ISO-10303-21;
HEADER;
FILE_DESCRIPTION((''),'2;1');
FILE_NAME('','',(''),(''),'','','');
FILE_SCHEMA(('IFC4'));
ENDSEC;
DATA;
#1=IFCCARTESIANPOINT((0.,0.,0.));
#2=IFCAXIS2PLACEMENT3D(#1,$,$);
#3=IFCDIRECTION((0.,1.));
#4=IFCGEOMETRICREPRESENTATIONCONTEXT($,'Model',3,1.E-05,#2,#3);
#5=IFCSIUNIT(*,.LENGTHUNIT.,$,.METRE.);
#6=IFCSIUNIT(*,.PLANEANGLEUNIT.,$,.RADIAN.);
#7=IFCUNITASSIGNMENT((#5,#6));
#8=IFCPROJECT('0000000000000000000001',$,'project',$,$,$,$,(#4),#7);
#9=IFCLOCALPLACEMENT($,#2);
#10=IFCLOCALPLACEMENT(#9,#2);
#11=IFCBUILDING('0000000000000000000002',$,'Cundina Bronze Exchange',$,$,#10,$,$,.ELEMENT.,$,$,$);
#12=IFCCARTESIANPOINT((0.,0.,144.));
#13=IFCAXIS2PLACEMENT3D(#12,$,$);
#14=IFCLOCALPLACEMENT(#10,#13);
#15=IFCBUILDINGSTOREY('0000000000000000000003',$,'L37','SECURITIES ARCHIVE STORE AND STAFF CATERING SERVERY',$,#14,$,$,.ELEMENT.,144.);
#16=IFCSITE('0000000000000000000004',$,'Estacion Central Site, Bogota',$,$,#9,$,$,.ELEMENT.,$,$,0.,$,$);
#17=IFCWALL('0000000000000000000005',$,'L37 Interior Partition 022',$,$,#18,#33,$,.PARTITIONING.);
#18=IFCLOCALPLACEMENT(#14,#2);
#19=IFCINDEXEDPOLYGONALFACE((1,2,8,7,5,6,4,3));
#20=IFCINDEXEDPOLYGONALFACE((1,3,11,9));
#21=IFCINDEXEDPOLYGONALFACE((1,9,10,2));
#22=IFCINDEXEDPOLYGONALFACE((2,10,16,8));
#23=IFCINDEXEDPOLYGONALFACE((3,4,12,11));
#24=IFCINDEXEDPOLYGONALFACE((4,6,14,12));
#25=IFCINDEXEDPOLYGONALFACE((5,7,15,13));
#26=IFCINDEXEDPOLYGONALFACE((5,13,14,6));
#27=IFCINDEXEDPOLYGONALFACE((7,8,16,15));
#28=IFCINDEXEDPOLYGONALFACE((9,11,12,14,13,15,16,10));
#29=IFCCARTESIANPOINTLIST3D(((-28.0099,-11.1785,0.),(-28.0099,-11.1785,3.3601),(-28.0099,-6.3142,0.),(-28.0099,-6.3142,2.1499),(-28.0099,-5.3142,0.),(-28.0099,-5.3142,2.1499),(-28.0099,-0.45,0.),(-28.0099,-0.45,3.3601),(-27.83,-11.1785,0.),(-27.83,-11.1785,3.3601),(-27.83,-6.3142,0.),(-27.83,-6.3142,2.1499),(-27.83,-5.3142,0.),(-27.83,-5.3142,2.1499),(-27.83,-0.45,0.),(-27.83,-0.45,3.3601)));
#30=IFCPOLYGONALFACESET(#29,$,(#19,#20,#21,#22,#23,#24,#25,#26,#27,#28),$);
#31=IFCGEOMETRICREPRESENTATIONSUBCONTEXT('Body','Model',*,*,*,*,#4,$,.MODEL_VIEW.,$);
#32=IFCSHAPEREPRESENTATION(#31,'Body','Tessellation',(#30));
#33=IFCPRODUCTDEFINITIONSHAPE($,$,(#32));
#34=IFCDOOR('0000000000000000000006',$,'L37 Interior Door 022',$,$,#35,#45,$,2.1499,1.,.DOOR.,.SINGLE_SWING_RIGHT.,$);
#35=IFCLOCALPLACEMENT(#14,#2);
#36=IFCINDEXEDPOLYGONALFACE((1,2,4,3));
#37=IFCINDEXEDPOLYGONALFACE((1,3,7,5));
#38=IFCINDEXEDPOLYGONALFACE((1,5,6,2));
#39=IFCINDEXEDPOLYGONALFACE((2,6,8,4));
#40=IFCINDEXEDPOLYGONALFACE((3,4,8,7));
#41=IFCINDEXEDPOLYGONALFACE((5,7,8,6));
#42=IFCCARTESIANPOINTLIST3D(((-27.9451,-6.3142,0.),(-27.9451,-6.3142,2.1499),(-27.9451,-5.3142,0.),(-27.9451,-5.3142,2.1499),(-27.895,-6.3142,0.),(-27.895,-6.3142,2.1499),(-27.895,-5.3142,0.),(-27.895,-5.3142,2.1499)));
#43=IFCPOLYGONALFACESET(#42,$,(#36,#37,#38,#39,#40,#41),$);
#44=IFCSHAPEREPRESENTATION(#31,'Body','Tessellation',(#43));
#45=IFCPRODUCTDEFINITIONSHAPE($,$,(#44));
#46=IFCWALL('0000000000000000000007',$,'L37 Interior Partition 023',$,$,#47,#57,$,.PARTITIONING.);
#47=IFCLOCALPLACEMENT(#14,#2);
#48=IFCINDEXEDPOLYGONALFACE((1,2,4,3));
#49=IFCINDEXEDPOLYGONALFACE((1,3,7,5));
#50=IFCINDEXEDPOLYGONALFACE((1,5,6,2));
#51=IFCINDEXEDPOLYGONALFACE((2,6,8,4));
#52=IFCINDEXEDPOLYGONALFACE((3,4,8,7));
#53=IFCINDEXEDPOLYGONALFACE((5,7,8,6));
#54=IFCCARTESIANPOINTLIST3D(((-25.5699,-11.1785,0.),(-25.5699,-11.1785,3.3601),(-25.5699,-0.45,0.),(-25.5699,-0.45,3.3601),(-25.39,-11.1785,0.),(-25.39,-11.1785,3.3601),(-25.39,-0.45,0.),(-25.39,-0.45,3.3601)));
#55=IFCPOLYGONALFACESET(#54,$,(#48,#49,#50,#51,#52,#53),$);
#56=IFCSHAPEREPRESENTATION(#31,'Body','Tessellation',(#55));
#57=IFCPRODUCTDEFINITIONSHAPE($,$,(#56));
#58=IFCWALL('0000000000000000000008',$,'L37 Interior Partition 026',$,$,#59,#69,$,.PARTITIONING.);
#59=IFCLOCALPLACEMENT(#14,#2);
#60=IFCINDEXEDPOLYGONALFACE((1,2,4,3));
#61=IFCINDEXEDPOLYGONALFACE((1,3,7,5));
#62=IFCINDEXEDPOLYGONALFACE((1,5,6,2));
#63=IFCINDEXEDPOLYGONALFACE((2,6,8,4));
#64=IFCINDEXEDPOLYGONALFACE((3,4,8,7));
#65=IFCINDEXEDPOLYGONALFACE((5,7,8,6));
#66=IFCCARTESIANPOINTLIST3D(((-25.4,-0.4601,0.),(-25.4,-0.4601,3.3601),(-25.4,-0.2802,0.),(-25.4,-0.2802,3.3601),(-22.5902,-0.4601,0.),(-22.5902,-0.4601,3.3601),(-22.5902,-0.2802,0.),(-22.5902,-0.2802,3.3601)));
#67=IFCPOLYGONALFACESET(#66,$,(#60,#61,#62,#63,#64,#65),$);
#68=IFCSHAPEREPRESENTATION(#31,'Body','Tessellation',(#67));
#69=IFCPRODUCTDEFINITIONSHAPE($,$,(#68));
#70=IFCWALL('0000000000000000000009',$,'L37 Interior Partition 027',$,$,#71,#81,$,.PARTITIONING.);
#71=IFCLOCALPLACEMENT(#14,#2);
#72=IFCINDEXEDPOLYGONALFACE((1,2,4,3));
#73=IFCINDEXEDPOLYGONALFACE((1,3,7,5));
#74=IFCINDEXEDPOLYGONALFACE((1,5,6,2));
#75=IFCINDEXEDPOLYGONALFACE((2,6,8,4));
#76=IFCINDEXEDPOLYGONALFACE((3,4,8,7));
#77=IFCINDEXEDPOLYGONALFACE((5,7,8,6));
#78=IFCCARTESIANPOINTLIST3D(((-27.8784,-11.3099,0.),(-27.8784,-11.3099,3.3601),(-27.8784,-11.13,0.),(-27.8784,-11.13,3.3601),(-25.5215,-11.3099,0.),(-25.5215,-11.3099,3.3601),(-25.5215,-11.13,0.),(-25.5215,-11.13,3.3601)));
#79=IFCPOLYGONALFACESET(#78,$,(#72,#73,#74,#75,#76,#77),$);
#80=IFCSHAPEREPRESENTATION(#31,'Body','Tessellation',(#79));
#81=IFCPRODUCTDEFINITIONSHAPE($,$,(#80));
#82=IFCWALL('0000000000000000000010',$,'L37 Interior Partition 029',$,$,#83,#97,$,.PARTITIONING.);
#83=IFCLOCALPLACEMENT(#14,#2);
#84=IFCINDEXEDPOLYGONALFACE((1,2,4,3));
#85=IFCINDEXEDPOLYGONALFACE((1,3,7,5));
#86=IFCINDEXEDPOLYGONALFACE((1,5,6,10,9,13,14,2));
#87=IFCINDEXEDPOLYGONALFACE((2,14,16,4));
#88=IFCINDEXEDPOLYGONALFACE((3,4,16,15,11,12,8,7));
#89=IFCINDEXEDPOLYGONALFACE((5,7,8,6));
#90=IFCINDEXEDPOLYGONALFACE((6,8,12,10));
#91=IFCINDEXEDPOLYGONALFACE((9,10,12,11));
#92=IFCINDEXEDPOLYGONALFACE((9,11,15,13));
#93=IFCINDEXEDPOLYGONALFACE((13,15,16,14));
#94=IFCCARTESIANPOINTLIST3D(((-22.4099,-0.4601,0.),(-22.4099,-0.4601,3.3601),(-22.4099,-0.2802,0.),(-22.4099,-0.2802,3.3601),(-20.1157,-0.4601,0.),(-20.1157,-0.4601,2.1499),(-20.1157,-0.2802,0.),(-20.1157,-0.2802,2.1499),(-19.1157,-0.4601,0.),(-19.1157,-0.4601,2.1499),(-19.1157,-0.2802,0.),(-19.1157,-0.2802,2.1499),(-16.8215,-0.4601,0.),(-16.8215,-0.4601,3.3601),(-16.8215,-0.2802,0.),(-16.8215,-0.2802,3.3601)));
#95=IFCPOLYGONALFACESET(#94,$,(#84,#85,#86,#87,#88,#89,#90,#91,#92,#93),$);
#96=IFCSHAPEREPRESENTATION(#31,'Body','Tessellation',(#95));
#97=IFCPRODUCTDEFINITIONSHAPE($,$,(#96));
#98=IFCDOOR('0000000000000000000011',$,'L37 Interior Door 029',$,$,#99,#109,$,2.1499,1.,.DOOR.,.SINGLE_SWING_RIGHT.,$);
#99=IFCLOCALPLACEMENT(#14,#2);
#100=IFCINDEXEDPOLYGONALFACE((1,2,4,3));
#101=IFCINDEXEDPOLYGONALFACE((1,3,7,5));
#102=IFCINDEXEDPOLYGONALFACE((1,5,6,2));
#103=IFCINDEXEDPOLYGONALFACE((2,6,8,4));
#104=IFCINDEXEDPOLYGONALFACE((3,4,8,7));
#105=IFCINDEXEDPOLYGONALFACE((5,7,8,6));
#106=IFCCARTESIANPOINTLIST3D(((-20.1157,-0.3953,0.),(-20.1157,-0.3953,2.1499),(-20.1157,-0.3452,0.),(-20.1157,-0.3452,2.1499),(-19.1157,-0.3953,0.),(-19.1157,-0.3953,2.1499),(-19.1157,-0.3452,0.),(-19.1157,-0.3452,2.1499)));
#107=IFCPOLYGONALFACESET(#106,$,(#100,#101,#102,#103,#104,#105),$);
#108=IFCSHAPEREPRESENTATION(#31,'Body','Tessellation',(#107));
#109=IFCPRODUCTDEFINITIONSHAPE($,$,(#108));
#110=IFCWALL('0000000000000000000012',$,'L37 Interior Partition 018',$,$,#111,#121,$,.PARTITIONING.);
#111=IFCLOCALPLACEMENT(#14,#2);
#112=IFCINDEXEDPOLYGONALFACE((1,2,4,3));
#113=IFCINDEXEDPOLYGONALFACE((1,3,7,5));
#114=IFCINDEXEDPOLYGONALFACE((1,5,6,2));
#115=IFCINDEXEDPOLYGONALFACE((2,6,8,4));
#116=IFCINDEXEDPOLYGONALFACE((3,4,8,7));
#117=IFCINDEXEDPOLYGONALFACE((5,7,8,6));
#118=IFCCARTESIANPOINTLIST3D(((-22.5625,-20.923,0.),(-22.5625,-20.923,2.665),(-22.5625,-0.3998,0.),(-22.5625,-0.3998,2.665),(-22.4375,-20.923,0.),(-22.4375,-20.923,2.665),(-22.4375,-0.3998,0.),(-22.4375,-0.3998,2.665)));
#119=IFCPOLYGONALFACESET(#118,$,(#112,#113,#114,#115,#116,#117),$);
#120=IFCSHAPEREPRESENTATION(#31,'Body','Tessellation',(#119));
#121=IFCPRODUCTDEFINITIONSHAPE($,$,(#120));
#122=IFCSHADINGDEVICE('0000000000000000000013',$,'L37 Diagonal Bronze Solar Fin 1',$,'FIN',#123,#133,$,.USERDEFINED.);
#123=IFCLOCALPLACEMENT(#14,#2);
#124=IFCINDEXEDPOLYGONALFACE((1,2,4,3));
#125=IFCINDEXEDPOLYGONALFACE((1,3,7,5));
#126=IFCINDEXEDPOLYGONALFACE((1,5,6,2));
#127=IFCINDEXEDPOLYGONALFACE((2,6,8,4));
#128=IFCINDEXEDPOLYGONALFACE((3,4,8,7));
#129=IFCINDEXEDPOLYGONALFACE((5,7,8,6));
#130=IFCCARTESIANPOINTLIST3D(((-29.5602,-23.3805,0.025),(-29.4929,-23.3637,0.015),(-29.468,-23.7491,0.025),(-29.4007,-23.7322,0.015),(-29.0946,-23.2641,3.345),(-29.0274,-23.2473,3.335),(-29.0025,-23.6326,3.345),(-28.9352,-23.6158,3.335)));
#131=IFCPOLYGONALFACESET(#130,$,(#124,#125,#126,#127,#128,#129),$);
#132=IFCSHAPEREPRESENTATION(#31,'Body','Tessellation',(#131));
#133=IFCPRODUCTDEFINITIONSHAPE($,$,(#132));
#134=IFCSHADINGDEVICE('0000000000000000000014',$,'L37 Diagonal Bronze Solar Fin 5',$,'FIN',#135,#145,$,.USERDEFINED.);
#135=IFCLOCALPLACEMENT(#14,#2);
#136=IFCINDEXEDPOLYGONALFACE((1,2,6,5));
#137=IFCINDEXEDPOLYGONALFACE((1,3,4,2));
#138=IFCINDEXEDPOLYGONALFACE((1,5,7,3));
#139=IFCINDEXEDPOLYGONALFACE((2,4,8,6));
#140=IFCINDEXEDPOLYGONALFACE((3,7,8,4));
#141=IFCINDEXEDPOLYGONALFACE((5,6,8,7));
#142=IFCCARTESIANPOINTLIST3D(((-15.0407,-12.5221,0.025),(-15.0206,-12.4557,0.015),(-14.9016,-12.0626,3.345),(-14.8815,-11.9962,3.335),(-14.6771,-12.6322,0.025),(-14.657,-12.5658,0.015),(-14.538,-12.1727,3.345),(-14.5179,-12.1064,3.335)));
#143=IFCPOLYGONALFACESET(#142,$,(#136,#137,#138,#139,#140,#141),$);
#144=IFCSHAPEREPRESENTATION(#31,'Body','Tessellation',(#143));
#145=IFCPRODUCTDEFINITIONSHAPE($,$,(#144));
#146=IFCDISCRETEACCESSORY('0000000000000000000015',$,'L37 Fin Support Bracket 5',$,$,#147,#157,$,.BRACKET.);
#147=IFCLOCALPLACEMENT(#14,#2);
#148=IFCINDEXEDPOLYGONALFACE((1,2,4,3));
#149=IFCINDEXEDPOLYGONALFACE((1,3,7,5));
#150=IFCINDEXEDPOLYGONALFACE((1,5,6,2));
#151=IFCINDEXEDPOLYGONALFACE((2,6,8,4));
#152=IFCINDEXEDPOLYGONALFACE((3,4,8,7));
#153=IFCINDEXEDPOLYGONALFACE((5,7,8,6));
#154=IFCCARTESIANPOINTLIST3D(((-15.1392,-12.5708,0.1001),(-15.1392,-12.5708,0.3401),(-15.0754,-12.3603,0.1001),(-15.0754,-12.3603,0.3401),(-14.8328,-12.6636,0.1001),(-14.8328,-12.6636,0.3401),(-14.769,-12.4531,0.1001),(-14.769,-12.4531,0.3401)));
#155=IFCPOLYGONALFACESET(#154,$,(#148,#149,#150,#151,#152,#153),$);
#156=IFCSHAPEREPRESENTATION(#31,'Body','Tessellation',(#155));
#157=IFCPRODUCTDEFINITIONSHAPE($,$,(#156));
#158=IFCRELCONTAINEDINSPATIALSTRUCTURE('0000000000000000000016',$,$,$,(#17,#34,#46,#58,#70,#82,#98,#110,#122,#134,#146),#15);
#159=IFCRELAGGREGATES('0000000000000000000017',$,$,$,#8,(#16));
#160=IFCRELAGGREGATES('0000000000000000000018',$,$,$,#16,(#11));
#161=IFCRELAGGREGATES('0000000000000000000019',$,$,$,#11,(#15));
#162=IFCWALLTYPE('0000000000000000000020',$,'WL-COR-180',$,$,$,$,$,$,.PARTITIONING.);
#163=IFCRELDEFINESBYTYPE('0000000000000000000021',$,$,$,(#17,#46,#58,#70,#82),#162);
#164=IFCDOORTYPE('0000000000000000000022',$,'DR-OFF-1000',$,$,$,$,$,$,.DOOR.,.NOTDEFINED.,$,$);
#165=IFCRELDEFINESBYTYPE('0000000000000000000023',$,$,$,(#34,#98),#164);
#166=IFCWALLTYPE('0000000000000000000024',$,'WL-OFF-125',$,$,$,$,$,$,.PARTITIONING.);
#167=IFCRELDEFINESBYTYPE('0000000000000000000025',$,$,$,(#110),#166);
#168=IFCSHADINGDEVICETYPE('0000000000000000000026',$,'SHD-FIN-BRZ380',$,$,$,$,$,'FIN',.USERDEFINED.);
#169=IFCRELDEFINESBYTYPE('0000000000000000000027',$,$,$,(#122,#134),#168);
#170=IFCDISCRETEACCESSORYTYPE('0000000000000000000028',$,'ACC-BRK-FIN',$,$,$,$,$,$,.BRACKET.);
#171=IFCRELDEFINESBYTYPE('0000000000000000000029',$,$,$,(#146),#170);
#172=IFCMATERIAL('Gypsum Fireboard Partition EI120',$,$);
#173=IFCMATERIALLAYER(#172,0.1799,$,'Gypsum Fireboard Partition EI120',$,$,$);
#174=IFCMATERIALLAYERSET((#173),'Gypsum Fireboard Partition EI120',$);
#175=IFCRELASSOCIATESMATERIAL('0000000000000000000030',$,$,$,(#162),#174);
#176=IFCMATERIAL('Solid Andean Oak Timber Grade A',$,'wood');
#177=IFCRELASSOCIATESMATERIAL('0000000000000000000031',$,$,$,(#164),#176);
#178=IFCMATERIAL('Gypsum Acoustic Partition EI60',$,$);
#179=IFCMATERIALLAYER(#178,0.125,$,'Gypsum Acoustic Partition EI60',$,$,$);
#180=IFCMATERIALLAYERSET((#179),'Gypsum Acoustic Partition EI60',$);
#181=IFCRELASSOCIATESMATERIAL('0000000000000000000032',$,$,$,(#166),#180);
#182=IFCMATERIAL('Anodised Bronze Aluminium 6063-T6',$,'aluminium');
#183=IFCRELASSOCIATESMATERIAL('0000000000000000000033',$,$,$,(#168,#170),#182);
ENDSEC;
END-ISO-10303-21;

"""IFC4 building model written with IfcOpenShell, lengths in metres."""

from ifc_helpers import new_model, si_unit, direction, frame, frame_2d, origin, origin_2d, place, context, subcontext, project, spatial, rectangle, extrude, material, layer, layer_set, material_profile, profile_set, type_object, element, fill, save


model = new_model("IFC4")

# Units and contexts
model_context = context("Model", 3, precision=1e-05, world=origin(), true_north=direction((0.0, 1.0)))
body_context = subcontext(model_context, "Body", "Model", "MODEL_VIEW")
ifc_project = project(units=[si_unit("LENGTHUNIT", "METRE"), si_unit("PLANEANGLEUNIT", "RADIAN")], contexts=[model_context])

# Site, building, storey
site_placement = place(None, origin())
site = spatial("IfcSite", under=ifc_project, at=site_placement, Name="Estacion Central Site, Bogota", CompositionType="ELEMENT", RefElevation=0.0)
building_placement = place(site_placement, origin())
building = spatial("IfcBuilding", under=site, at=building_placement, Name="Cundina Bronze Exchange", CompositionType="ELEMENT")
storey_placement = place(building_placement, frame((0.0, 0.0, 144.0)))
storey = spatial("IfcBuildingStorey", under=building, at=storey_placement, Name="L37", Description="SECURITIES ARCHIVE STORE AND STAFF CATERING SERVERY", CompositionType="ELEMENT", Elevation=144.0)

# Shared definitions
ifc_material_1 = material(Name="Anodised Bronze Aluminium 6063-T6", Category="aluminium")

# Wall, opening, door
ifc_material_2 = material(Name="Gypsum Fireboard Partition EI120")
ifc_layer_1 = layer(ifc_material_2, 0.1799, Name="Gypsum Fireboard Partition EI120")
ifc_layer_set_1 = layer_set([ifc_layer_1], Name="Gypsum Fireboard Partition EI120")
wall_type_1 = type_object("IfcWallType", Name="WL-COR-180", PredefinedType="PARTITIONING", material=ifc_layer_set_1)
wall_1_placement = place(storey_placement, frame((-27.9199, -0.45, 0.0), z_axis=(0.0, 0.0, 1.0), x_axis=(0.0, -1.0, 0.0)))
wall_1 = element("IfcWall", 1, at=wall_1_placement, inside=storey, type_object=wall_type_1, Name="L37 Interior Partition 022", PredefinedType="PARTITIONING", context=body_context, shape_type="SweptSolid", body=[
    extrude(rectangle(XDim=10.7285, YDim=0.1799, at=frame_2d((5.3643, 0.0))), origin(), (0.0, 0.0, 1.0), 3.3601),
])
opening_1_placement = place(wall_1_placement, frame((4.8643, 0.0, 0.0)))
opening_1 = element("IfcOpeningElement", 2, at=opening_1_placement, cuts=wall_1, PredefinedType="OPENING", context=body_context, shape_type="SweptSolid", body=[
    extrude(rectangle(XDim=1.0, YDim=2.1499, at=frame_2d((0.5, 1.075))), frame((0.0, 0.0999, 0.0), z_axis=(0.0, -1.0, 0.0), x_axis=(1.0, 0.0, 0.0)), (0.0, 0.0, 1.0), 0.2),
])
ifc_material_3 = material(Name="Solid Andean Oak Timber Grade A", Category="wood")
door_type = type_object("IfcDoorType", Name="DR-OFF-1000", OperationType="NOTDEFINED", PredefinedType="DOOR", material=ifc_material_3)
door_1_placement = place(opening_1_placement, origin())
door_1 = element("IfcDoor", 3, at=door_1_placement, inside=storey, type_object=door_type, Name="L37 Interior Door 022", OperationType="SINGLE_SWING_RIGHT", OverallHeight=2.1499, OverallWidth=1.0, PredefinedType="DOOR", context=body_context, shape_type="SweptSolid", body=[
    extrude(rectangle(XDim=1.0, YDim=2.1499, at=frame_2d((0.5, 1.075))), frame((0.0, 0.0249, 0.0), z_axis=(0.0, -1.0, 0.0), x_axis=(1.0, 0.0, 0.0)), (0.0, 0.0, 1.0), 0.05),
])
fill(opening_1, door_1)

# Walls
wall_2_placement = place(storey_placement, frame((-25.48, -11.1785, 0.0), z_axis=(0.0, 0.0, 1.0), x_axis=(0.0, 1.0, 0.0)))
element("IfcWall", 4, at=wall_2_placement, inside=storey, type_object=wall_type_1, Name="L37 Interior Partition 023", PredefinedType="PARTITIONING", context=body_context, shape_type="SweptSolid", body=[
    extrude(rectangle(XDim=10.7285, YDim=0.1799, at=frame_2d((5.3643, 0.0))), origin(), (0.0, 0.0, 1.0), 3.3601),
])
wall_3_placement = place(storey_placement, frame((-25.3999, -0.3701, 0.0), z_axis=(0.0, 0.0, 1.0), x_axis=(1.0, 0.0, 0.0)))
element("IfcWall", 5, at=wall_3_placement, inside=storey, type_object=wall_type_1, Name="L37 Interior Partition 026", PredefinedType="PARTITIONING", context=body_context, shape_type="SweptSolid", body=[
    extrude(rectangle(XDim=2.8098, YDim=0.1799, at=frame_2d((1.4048, 0.0))), origin(), (0.0, 0.0, 1.0), 3.3601),
])
wall_4_placement = place(storey_placement, frame((-27.8784, -11.22, 0.0), z_axis=(0.0, 0.0, 1.0), x_axis=(1.0, 0.0, 0.0)))
element("IfcWall", 6, at=wall_4_placement, inside=storey, type_object=wall_type_1, Name="L37 Interior Partition 027", PredefinedType="PARTITIONING", context=body_context, shape_type="SweptSolid", body=[
    extrude(rectangle(XDim=2.3569, YDim=0.1799, at=frame_2d((1.1785, 0.0))), origin(), (0.0, 0.0, 1.0), 3.3601),
])

# Wall, opening, door
wall_5_placement = place(storey_placement, frame((-22.4099, -0.3701, 0.0), z_axis=(0.0, 0.0, 1.0), x_axis=(1.0, 0.0, 0.0)))
wall_5 = element("IfcWall", 7, at=wall_5_placement, inside=storey, type_object=wall_type_1, Name="L37 Interior Partition 029", PredefinedType="PARTITIONING", context=body_context, shape_type="SweptSolid", body=[
    extrude(rectangle(XDim=5.5884, YDim=0.1799, at=frame_2d((2.7942, 0.0))), origin(), (0.0, 0.0, 1.0), 3.3601),
])
opening_2_placement = place(wall_5_placement, frame((2.2942, 0.0, 0.0)))
opening_2 = element("IfcOpeningElement", 8, at=opening_2_placement, cuts=wall_5, PredefinedType="OPENING", context=body_context, shape_type="SweptSolid", body=[
    extrude(rectangle(XDim=1.0, YDim=2.1499, at=frame_2d((0.5, 1.075))), frame((0.0, 0.0999, 0.0), z_axis=(0.0, -1.0, 0.0), x_axis=(1.0, 0.0, 0.0)), (0.0, 0.0, 1.0), 0.2),
])
door_2_placement = place(opening_2_placement, origin())
door_2 = element("IfcDoor", 9, at=door_2_placement, inside=storey, type_object=door_type, Name="L37 Interior Door 029", OperationType="SINGLE_SWING_RIGHT", OverallHeight=2.1499, OverallWidth=1.0, PredefinedType="DOOR", context=body_context, shape_type="SweptSolid", body=[
    extrude(rectangle(XDim=1.0, YDim=2.1499, at=frame_2d((0.5, 1.075))), frame((0.0, 0.0249, 0.0), z_axis=(0.0, -1.0, 0.0), x_axis=(1.0, 0.0, 0.0)), (0.0, 0.0, 1.0), 0.05),
])
fill(opening_2, door_2)

# Wall
ifc_material_4 = material(Name="Gypsum Acoustic Partition EI60")
ifc_layer_2 = layer(ifc_material_4, 0.125, Name="Gypsum Acoustic Partition EI60")
ifc_layer_set_2 = layer_set([ifc_layer_2], Name="Gypsum Acoustic Partition EI60")
wall_type_2 = type_object("IfcWallType", Name="WL-OFF-125", PredefinedType="PARTITIONING", material=ifc_layer_set_2)
wall_6_placement = place(storey_placement, frame((-22.5, -20.9231, 0.0), z_axis=(0.0, 0.0, 1.0), x_axis=(0.0, 1.0, 0.0)))
element("IfcWall", 10, at=wall_6_placement, inside=storey, type_object=wall_type_2, Name="L37 Interior Partition 018", PredefinedType="PARTITIONING", context=body_context, shape_type="SweptSolid", body=[
    extrude(rectangle(XDim=20.5232, YDim=0.125, at=frame_2d((10.2617, 0.0))), origin(), (0.0, 0.0, 1.0), 2.665),
])

# Shading devices
ifc_material_profile_1 = material_profile(ifc_material_1, rectangle(XDim=0.0701, YDim=0.3799, at=origin_2d()), Name="FIN70X380", Category="aluminium")
ifc_profile_set_1 = profile_set([ifc_material_profile_1], Name="Anodised Bronze Aluminium 6063-T6")
shading_device_type = type_object("IfcShadingDeviceType", Name="SHD-FIN-BRZ380", ElementType="FIN", PredefinedType="USERDEFINED", material=ifc_profile_set_1)
for number, where, z_axis, x_axis, name in (
    (11, (-29.4805, -23.5564, 0.02), (0.138788, 0.034715, 0.989713), (-0.960133, -0.240159, 0.143064), "L37 Diagonal Bronze Solar Fin 1"),
    (12, (-14.8489, -12.5439, 0.02), (0.041483, 0.136968, 0.989706), (-0.286883, -0.947216, 0.143112), "L37 Diagonal Bronze Solar Fin 5"),
):
    element("IfcShadingDevice", number, at=place(storey_placement, frame(where, z_axis=z_axis, x_axis=x_axis)), inside=storey, type_object=shading_device_type, Name=name, ObjectType="FIN", PredefinedType="USERDEFINED", context=body_context, shape_type="SweptSolid", body=[
        extrude(rectangle(XDim=0.0701, YDim=0.3799, at=origin_2d()), origin(), (0.0, 0.0, 1.0), 3.3545),
    ])

# Discrete accessory
discrete_accessory_type = type_object("IfcDiscreteAccessoryType", Name="ACC-BRK-FIN", PredefinedType="BRACKET", material=ifc_material_1)
discrete_accessory_placement = place(storey_placement, frame((-14.9541, -12.512, 0.1001), z_axis=(0.0, 0.0, 1.0), x_axis=(0.290051, 0.957011, 0.0)))
element("IfcDiscreteAccessory", 13, at=discrete_accessory_placement, inside=storey, type_object=discrete_accessory_type, Name="L37 Fin Support Bracket 5", PredefinedType="BRACKET", context=body_context, shape_type="SweptSolid", body=[
    extrude(rectangle(XDim=0.22, YDim=0.3201, at=origin_2d()), origin(), (0.0, 0.0, 1.0), 0.24),
])

save(model, "model.ifc")
